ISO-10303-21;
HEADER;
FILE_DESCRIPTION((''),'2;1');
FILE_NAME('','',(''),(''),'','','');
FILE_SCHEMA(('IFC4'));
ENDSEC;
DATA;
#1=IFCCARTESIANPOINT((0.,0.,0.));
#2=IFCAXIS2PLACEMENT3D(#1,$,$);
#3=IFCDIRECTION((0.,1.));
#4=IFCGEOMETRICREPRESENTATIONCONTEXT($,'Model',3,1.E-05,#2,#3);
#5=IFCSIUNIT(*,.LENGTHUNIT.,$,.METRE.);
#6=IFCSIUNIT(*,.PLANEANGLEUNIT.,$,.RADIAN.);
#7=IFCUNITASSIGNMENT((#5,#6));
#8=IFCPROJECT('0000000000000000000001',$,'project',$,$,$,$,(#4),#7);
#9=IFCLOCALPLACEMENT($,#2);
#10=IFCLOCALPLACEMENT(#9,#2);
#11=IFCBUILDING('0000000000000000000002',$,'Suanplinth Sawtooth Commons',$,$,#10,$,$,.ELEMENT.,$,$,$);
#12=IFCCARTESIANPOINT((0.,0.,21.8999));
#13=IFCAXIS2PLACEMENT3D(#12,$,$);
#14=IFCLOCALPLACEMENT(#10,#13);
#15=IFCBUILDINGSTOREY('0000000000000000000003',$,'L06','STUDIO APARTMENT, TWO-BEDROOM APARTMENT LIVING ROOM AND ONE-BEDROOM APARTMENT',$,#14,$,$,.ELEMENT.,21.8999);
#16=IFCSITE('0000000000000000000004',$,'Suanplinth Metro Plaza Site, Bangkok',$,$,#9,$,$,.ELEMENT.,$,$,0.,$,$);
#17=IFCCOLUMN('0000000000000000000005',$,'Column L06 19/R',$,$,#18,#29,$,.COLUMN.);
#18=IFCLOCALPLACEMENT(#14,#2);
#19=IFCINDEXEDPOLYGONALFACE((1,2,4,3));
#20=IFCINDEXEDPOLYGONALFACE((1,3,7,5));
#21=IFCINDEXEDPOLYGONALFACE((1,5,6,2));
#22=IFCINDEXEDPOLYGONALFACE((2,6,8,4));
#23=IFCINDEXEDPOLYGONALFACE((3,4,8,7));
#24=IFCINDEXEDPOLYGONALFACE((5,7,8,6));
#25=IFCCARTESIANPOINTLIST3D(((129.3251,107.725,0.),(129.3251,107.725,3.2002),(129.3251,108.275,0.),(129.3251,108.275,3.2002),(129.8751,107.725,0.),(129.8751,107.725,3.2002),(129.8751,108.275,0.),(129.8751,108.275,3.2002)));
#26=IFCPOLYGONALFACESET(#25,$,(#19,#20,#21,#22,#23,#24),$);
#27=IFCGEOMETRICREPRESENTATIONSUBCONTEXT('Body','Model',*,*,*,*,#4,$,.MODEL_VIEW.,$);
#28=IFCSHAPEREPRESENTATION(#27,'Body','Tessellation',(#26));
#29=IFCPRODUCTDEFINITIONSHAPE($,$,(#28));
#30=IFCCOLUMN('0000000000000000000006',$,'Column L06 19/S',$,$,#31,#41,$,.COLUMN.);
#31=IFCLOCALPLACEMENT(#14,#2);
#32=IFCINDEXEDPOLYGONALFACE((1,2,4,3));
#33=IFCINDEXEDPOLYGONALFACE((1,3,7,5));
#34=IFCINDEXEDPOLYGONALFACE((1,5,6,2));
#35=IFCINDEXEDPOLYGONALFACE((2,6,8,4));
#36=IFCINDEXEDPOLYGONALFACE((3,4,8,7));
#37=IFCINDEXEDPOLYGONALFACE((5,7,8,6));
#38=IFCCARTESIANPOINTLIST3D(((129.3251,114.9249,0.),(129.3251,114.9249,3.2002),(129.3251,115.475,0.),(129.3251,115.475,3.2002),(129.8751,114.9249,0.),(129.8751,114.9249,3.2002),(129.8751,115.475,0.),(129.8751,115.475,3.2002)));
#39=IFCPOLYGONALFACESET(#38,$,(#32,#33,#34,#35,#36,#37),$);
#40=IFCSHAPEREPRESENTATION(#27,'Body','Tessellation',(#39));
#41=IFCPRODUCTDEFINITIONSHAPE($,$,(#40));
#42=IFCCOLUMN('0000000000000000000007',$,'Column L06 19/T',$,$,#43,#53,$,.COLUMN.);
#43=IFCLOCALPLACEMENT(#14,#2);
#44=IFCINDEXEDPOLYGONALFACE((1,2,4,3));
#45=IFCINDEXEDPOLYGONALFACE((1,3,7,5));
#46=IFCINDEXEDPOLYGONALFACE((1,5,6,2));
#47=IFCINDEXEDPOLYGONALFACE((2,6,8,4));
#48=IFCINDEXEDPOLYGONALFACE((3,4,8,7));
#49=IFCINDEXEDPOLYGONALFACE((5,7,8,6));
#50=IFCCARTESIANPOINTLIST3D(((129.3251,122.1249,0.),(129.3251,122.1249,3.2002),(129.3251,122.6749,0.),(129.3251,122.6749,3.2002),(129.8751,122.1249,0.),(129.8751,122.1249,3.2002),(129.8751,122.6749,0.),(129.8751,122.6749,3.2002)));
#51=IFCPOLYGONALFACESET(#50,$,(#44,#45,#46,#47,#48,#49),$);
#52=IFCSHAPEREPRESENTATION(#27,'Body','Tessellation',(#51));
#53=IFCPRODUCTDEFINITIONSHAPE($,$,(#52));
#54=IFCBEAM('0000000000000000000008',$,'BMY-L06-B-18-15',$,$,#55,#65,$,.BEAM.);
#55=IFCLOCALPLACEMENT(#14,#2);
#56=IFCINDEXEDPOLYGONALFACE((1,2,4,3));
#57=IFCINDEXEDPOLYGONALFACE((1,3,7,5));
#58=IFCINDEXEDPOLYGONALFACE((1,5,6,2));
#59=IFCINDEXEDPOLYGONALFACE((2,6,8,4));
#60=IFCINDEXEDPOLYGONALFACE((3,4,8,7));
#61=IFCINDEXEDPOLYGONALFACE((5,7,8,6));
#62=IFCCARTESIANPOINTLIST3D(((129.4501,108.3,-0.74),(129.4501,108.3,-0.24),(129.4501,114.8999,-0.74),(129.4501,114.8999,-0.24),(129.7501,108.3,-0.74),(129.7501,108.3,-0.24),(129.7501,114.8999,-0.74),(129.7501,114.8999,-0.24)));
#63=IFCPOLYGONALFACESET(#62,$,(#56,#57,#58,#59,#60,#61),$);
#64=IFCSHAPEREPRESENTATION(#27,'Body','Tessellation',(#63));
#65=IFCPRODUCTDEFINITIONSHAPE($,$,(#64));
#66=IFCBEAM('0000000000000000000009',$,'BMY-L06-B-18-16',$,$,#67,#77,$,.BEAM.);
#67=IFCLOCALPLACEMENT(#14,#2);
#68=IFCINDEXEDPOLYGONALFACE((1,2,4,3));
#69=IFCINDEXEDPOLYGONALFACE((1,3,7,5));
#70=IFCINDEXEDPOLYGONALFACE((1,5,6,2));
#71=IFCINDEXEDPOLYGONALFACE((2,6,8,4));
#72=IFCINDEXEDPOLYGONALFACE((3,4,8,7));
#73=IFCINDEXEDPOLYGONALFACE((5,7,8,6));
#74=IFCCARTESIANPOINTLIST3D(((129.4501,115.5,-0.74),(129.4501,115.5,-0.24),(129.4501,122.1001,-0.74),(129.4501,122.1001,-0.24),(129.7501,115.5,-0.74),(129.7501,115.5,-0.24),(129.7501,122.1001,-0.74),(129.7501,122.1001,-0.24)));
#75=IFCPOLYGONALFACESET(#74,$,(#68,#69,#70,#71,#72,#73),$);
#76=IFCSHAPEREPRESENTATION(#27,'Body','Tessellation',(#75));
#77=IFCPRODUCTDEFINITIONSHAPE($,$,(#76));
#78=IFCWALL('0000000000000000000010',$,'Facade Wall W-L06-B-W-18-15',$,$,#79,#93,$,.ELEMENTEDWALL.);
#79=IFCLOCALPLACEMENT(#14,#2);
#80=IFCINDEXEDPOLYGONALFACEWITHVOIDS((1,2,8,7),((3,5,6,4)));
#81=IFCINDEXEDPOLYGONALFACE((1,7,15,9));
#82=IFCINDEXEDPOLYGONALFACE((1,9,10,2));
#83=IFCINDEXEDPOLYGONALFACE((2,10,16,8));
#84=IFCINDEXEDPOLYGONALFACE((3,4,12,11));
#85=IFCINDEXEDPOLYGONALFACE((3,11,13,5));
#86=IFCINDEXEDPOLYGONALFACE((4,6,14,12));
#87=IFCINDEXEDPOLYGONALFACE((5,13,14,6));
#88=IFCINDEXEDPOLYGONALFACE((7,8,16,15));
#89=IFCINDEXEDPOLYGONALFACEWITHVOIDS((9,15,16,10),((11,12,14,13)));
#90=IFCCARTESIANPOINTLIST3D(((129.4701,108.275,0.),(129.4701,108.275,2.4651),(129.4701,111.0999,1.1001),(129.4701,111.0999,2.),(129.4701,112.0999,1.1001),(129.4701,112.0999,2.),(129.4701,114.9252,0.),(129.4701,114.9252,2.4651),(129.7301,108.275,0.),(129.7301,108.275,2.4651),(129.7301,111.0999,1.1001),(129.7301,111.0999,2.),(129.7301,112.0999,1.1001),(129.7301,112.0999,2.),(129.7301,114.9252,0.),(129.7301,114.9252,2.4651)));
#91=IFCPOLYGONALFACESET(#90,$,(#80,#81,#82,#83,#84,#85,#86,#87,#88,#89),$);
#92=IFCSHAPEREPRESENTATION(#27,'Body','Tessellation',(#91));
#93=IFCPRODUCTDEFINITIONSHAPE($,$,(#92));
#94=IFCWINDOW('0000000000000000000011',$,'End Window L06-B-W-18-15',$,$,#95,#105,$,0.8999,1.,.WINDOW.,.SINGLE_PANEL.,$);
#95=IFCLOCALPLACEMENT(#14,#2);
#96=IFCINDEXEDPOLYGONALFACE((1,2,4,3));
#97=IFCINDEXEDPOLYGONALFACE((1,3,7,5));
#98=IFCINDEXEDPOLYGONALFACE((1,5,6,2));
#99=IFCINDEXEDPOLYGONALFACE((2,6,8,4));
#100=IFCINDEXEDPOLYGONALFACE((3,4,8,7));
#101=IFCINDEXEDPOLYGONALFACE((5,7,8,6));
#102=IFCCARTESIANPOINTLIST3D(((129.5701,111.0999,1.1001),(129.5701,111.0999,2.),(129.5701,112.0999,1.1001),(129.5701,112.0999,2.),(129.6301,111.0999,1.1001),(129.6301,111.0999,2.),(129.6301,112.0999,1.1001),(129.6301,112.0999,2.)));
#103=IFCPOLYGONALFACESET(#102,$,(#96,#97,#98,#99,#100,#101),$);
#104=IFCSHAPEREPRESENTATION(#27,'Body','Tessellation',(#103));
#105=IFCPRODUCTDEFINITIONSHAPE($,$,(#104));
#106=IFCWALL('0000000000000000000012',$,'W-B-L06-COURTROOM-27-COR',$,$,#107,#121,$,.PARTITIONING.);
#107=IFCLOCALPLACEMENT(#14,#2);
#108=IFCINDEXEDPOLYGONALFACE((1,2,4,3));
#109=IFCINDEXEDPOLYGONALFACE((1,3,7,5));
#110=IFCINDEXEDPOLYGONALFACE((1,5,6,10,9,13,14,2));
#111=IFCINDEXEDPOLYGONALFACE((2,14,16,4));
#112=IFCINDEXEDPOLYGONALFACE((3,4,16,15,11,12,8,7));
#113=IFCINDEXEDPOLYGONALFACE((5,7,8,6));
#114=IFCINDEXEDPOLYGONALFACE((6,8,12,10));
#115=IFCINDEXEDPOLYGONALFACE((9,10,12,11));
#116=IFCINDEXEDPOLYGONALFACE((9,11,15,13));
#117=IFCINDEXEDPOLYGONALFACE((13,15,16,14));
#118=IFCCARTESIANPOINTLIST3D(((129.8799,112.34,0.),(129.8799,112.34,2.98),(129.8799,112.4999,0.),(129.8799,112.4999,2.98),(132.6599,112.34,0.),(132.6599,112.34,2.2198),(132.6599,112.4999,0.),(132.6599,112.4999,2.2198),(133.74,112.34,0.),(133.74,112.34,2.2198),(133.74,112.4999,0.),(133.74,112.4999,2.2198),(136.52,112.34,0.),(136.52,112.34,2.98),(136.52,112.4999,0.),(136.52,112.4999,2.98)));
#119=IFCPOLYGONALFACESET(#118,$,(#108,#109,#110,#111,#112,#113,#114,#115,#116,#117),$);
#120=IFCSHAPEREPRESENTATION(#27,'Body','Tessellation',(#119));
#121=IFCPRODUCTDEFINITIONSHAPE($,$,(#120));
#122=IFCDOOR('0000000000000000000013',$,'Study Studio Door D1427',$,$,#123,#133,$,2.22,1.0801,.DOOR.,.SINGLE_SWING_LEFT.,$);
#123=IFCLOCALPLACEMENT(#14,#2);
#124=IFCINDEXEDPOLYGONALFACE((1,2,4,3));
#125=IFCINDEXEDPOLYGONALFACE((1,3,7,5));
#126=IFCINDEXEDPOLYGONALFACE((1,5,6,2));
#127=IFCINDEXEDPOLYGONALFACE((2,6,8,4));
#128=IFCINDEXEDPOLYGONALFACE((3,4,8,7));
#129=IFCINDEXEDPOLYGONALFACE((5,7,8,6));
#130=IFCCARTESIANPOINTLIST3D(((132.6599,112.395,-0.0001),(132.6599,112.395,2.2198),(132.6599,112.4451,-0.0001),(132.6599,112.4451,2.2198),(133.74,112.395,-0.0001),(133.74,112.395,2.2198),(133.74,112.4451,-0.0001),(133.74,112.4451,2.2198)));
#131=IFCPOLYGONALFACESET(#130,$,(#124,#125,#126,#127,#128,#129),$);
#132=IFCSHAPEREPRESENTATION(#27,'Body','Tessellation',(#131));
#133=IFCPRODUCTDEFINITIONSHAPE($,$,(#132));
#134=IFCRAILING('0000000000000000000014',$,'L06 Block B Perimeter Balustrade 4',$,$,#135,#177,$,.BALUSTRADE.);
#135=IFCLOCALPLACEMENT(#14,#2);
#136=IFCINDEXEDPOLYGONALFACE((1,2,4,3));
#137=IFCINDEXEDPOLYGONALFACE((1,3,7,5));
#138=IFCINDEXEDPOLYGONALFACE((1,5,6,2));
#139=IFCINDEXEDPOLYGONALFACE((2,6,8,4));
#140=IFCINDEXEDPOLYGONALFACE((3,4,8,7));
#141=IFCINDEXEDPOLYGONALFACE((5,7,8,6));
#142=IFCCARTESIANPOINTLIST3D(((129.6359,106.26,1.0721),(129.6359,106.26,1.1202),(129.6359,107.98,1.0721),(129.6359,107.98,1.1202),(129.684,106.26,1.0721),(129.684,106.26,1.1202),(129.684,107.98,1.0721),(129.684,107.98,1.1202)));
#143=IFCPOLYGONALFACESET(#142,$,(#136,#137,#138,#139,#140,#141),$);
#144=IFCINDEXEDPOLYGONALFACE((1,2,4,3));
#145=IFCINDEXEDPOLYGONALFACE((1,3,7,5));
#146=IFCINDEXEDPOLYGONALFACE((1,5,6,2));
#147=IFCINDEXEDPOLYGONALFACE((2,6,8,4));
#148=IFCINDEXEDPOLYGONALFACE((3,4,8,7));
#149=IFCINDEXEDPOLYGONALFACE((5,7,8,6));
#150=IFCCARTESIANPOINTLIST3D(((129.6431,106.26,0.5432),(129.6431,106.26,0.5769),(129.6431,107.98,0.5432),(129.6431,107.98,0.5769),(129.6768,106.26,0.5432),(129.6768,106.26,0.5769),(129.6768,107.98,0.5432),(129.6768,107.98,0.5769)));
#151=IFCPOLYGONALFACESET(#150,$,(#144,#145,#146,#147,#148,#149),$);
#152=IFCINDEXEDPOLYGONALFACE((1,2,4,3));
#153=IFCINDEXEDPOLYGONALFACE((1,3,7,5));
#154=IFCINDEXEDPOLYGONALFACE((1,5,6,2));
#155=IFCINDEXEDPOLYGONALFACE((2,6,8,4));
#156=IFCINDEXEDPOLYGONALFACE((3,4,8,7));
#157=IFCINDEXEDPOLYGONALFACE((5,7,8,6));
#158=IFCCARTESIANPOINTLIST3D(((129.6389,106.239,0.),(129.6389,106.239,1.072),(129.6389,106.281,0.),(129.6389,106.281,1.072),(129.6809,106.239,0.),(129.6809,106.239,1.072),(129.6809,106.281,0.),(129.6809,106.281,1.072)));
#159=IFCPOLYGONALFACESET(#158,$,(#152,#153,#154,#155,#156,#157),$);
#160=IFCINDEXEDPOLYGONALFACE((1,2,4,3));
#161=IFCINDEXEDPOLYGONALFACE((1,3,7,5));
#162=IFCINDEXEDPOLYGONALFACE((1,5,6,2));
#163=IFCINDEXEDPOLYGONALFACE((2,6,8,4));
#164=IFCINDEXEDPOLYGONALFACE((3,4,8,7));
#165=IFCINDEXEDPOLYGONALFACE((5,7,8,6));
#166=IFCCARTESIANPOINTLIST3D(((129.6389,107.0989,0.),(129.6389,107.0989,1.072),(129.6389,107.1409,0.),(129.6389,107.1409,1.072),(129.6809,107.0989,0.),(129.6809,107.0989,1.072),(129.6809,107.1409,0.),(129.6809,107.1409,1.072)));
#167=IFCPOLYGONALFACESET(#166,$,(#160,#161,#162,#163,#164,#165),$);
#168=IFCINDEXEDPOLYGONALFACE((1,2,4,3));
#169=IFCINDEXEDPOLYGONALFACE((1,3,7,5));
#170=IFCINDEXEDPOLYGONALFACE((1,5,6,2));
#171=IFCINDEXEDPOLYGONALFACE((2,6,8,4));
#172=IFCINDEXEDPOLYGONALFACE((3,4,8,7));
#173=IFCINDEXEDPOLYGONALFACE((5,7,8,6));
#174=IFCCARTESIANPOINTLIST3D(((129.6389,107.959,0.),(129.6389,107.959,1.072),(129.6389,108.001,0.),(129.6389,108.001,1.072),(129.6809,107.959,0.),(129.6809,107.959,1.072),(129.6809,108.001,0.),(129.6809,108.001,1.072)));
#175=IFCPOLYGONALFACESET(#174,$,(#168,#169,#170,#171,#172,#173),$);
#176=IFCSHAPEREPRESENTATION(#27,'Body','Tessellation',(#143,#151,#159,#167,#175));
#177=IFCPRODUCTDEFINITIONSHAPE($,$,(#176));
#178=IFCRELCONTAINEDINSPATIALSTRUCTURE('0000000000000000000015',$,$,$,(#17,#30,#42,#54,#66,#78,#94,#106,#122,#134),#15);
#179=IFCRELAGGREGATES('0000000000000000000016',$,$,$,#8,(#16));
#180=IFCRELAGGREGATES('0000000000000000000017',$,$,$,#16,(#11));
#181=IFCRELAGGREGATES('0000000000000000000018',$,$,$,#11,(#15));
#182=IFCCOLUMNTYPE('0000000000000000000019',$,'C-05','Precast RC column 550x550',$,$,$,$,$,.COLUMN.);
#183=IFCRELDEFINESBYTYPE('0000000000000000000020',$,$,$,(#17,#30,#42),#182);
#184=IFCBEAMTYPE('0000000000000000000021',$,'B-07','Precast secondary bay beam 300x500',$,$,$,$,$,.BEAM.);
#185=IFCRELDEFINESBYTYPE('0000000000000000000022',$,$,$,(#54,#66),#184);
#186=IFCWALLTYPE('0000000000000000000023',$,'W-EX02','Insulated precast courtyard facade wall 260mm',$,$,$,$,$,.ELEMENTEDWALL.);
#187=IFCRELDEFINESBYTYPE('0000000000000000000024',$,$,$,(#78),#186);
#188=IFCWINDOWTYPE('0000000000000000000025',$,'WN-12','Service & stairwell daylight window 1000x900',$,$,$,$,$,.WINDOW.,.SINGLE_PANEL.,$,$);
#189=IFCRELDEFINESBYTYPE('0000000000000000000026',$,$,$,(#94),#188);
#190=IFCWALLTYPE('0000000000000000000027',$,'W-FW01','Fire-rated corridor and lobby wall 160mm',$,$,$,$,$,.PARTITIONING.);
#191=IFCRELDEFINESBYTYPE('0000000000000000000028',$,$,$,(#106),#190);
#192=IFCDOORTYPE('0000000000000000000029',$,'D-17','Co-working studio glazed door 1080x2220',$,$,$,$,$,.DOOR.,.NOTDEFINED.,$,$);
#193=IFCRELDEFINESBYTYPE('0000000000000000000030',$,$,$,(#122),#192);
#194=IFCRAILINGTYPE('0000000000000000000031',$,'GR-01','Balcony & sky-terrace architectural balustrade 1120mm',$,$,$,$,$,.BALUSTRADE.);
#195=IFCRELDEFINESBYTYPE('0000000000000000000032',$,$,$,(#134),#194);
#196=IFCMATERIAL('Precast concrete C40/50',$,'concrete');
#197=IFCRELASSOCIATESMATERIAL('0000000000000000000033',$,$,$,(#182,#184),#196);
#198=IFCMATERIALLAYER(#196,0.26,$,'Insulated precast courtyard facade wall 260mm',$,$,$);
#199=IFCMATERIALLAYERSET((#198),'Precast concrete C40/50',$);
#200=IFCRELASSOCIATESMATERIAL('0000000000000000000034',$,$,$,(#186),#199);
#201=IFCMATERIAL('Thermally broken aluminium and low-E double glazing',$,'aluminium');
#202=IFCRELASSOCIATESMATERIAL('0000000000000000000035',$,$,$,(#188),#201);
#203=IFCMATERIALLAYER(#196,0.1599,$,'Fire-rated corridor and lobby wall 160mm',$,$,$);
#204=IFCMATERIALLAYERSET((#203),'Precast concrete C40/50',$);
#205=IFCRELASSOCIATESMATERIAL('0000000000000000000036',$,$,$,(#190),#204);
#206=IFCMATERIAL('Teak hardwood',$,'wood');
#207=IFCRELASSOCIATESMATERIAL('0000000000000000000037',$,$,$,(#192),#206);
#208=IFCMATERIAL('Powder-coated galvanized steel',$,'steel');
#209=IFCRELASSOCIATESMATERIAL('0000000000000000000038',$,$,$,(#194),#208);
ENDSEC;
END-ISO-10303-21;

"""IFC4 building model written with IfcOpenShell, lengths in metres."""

from ifc_helpers import new_model, si_unit, direction, frame, frame_2d, origin, origin_2d, place, context, subcontext, project, spatial, rectangle, extrude, material, layer, layer_set, material_profile, profile_set, type_object, element, fill, save


model = new_model("IFC4")

# Units and contexts
model_context = context("Model", 3, precision=1e-05, world=origin(), true_north=direction((0.0, 1.0)))
body_context = subcontext(model_context, "Body", "Model", "MODEL_VIEW")
ifc_project = project(units=[si_unit("LENGTHUNIT", "METRE"), si_unit("PLANEANGLEUNIT", "RADIAN")], contexts=[model_context])

# Site, building, storey
site_placement = place(None, origin())
site = spatial("IfcSite", under=ifc_project, at=site_placement, Name="Suanplinth Metro Plaza Site, Bangkok", CompositionType="ELEMENT", RefElevation=0.0)
building_placement = place(site_placement, origin())
building = spatial("IfcBuilding", under=site, at=building_placement, Name="Suanplinth Sawtooth Commons", CompositionType="ELEMENT")
storey_placement = place(building_placement, frame((0.0, 0.0, 21.8999)))
storey = spatial("IfcBuildingStorey", under=building, at=storey_placement, Name="L06", Description="STUDIO APARTMENT, TWO-BEDROOM APARTMENT LIVING ROOM AND ONE-BEDROOM APARTMENT", CompositionType="ELEMENT", Elevation=21.8999)

# Columns
ifc_material_1 = material(Name="Precast concrete C40/50", Category="concrete")
ifc_material_profile_1 = material_profile(ifc_material_1, rectangle(XDim=0.55, YDim=0.55, at=origin_2d()), Name="PC-COL 550x550")
ifc_profile_set_1 = profile_set([ifc_material_profile_1], Name="Precast concrete C40/50")
column_type = type_object("IfcColumnType", Name="C-05", Description="Precast RC column 550x550", PredefinedType="COLUMN", material=ifc_profile_set_1)
for number, where, z_axis, x_axis, name in (
    (1, (129.6001, 108.0, 0.0), (0.0, 0.0, 1.0), (1.0, 0.0, 0.0), "Column L06 19/R"),
    (2, (129.6001, 115.2, 0.0), (0.0, 0.0, 1.0), (1.0, 0.0, 0.0), "Column L06 19/S"),
    (3, (129.6001, 122.3999, 0.0), (0.0, 0.0, 1.0), (1.0, 0.0, 0.0), "Column L06 19/T"),
):
    element("IfcColumn", number, at=place(storey_placement, frame(where, z_axis=z_axis, x_axis=x_axis)), inside=storey, type_object=column_type, Name=name, PredefinedType="COLUMN", context=body_context, shape_type="SweptSolid", body=[
        extrude(rectangle(XDim=0.55, YDim=0.55, at=origin_2d()), origin(), (0.0, 0.0, 1.0), 3.2002),
    ])

# Beams
ifc_material_profile_2 = material_profile(ifc_material_1, rectangle(XDim=0.3, YDim=0.5, at=origin_2d()), Name="PC-BM 300x500")
ifc_profile_set_2 = profile_set([ifc_material_profile_2], Name="Precast concrete C40/50")
beam_type = type_object("IfcBeamType", Name="B-07", Description="Precast secondary bay beam 300x500", PredefinedType="BEAM", material=ifc_profile_set_2)
beam_1_placement = place(storey_placement, frame((129.6001, 108.3, -0.49), z_axis=(0.0, 1.0, 0.0), x_axis=(-1.0, 0.0, 0.0)))
element("IfcBeam", 4, at=beam_1_placement, inside=storey, type_object=beam_type, Name="BMY-L06-B-18-15", PredefinedType="BEAM", context=body_context, shape_type="SweptSolid", body=[
    extrude(rectangle(XDim=0.3, YDim=0.5, at=origin_2d()), origin(), (0.0, 0.0, 1.0), 6.5999),
])
beam_2_placement = place(storey_placement, frame((129.6001, 115.5, -0.49), z_axis=(0.0, 1.0, 0.0), x_axis=(-1.0, 0.0, 0.0)))
element("IfcBeam", 5, at=beam_2_placement, inside=storey, type_object=beam_type, Name="BMY-L06-B-18-16", PredefinedType="BEAM", context=body_context, shape_type="SweptSolid", body=[
    extrude(rectangle(XDim=0.3, YDim=0.5, at=origin_2d()), origin(), (0.0, 0.0, 1.0), 6.6001),
])

# Shared definitions
ifc_layer_1 = layer(ifc_material_1, 0.26, Name="Insulated precast courtyard facade wall 260mm")
ifc_layer_set_1 = layer_set([ifc_layer_1], Name="Precast concrete C40/50")
wall_type_1 = type_object("IfcWallType", Name="W-EX02", Description="Insulated precast courtyard facade wall 260mm", PredefinedType="ELEMENTEDWALL", material=ifc_layer_set_1)
ifc_material_2 = material(Name="Thermally broken aluminium and low-E double glazing", Category="aluminium")

# Wall, opening, window
wall_1_placement = place(storey_placement, frame((129.6001, 108.2749, 0.0), z_axis=(0.0, 0.0, 1.0), x_axis=(0.0, 1.0, 0.0)))
wall_1 = element("IfcWall", 6, at=wall_1_placement, inside=storey, type_object=wall_type_1, Name="Facade Wall W-L06-B-W-18-15", PredefinedType="ELEMENTEDWALL", context=body_context, shape_type="SweptSolid", body=[
    extrude(rectangle(XDim=6.6501, YDim=0.26, at=frame_2d((3.3252, 0.0))), origin(), (0.0, 0.0, 1.0), 2.4651),
])
opening_1_placement = place(wall_1_placement, frame((2.825, 0.0, 1.1001)))
opening_1 = element("IfcOpeningElement", 7, at=opening_1_placement, cuts=wall_1, PredefinedType="OPENING", context=body_context, shape_type="SweptSolid", body=[
    extrude(rectangle(XDim=1.0, YDim=0.8999, at=frame_2d((0.5, 0.45))), frame((0.0, 0.145, 0.0), z_axis=(0.0, -1.0, 0.0), x_axis=(1.0, 0.0, 0.0)), (0.0, 0.0, 1.0), 0.2898),
])
window_type_1 = type_object("IfcWindowType", Name="WN-12", Description="Service & stairwell daylight window 1000x900", PartitioningType="SINGLE_PANEL", PredefinedType="WINDOW", material=ifc_material_2)
window_1_placement = place(opening_1_placement, origin())
window_1 = element("IfcWindow", 8, at=window_1_placement, inside=storey, type_object=window_type_1, Name="End Window L06-B-W-18-15", OverallHeight=0.8999, OverallWidth=1.0, PartitioningType="SINGLE_PANEL", PredefinedType="WINDOW", context=body_context, shape_type="SweptSolid", body=[
    extrude(rectangle(XDim=1.0, YDim=0.8999, at=frame_2d((0.5, 0.45))), frame((0.0, 0.03, 0.0), z_axis=(0.0, -1.0, 0.0), x_axis=(1.0, 0.0, 0.0)), (0.0, 0.0, 1.0), 0.0601),
])
fill(opening_1, window_1)

# Wall, opening, door
ifc_layer_2 = layer(ifc_material_1, 0.1599, Name="Fire-rated corridor and lobby wall 160mm")
ifc_layer_set_2 = layer_set([ifc_layer_2], Name="Precast concrete C40/50")
wall_type_2 = type_object("IfcWallType", Name="W-FW01", Description="Fire-rated corridor and lobby wall 160mm", PredefinedType="PARTITIONING", material=ifc_layer_set_2)
wall_2_placement = place(storey_placement, frame((129.8799, 112.4199, 0.0), z_axis=(0.0, 0.0, 1.0), x_axis=(1.0, 0.0, 0.0)))
wall_2 = element("IfcWall", 9, at=wall_2_placement, inside=storey, type_object=wall_type_2, Name="W-B-L06-COURTROOM-27-COR", PredefinedType="PARTITIONING", context=body_context, shape_type="SweptSolid", body=[
    extrude(rectangle(XDim=6.6401, YDim=0.1599, at=frame_2d((3.3201, 0.0))), origin(), (0.0, 0.0, 1.0), 2.98),
])
opening_2_placement = place(wall_2_placement, frame((2.78, 0.0, 0.0)))
opening_2 = element("IfcOpeningElement", 10, at=opening_2_placement, cuts=wall_2, PredefinedType="OPENING", context=body_context, shape_type="SweptSolid", body=[
    extrude(rectangle(XDim=1.0801, YDim=2.22, at=frame_2d((0.54, 1.1099))), frame((0.0, 0.0947, 0.0), z_axis=(0.0, -1.0, 0.0), x_axis=(1.0, 0.0, 0.0)), (0.0, 0.0, 1.0), 0.1897),
])
ifc_material_3 = material(Name="Teak hardwood", Category="wood")
door_type_1 = type_object("IfcDoorType", Name="D-17", Description="Co-working studio glazed door 1080x2220", OperationType="NOTDEFINED", PredefinedType="DOOR", material=ifc_material_3)
door_1_placement = place(opening_2_placement, frame((1.0801, 0.0, 0.0), z_axis=(0.0, 0.0, 1.0), x_axis=(-1.0, 0.0, 0.0)))
door_1 = element("IfcDoor", 11, at=door_1_placement, inside=storey, type_object=door_type_1, Name="Study Studio Door D1427", OperationType="SINGLE_SWING_LEFT", OverallHeight=2.22, OverallWidth=1.0801, PredefinedType="DOOR", context=body_context, shape_type="SweptSolid", body=[
    extrude(rectangle(XDim=1.0801, YDim=2.22, at=frame_2d((0.54, 1.1099))), frame((0.0, 0.0249, 0.0), z_axis=(0.0, -1.0, 0.0), x_axis=(1.0, 0.0, 0.0)), (0.0, 0.0, 1.0), 0.05),
])
fill(opening_2, door_1)

# Railing
ifc_material_4 = material(Name="Powder-coated galvanized steel", Category="steel")
railing_type = type_object("IfcRailingType", Name="GR-01", Description="Balcony & sky-terrace architectural balustrade 1120mm", PredefinedType="BALUSTRADE", material=ifc_material_4)
for number, where, name in (
    (12, (129.6599, 106.26, 0.0), "L06 Block B Perimeter Balustrade 4"),
):
    element("IfcRailing", number, at=place(storey_placement, frame(where)), inside=storey, type_object=railing_type, Name=name, PredefinedType="BALUSTRADE", context=body_context, shape_type="SweptSolid", body=[
        extrude(rectangle(XDim=0.0481, YDim=0.0481, at=origin_2d()), frame((0.0, 0.0, 1.0962), z_axis=(0.0, 1.0, 0.0), x_axis=(-1.0, 0.0, 0.0)), (0.0, 0.0, 1.0), 1.72),
        extrude(rectangle(XDim=0.0337, YDim=0.0337, at=origin_2d()), frame((0.0, 0.0, 0.5601), z_axis=(0.0, 1.0, 0.0), x_axis=(-1.0, 0.0, 0.0)), (0.0, 0.0, 1.0), 1.72),
        extrude(rectangle(XDim=0.042, YDim=0.042, at=origin_2d()), origin(), (0.0, 0.0, 1.0), 1.072),
        extrude(rectangle(XDim=0.042, YDim=0.042, at=origin_2d()), frame((0.0, 0.8599, 0.0)), (0.0, 0.0, 1.0), 1.072),
        extrude(rectangle(XDim=0.042, YDim=0.042, at=origin_2d()), frame((0.0, 1.72, 0.0)), (0.0, 0.0, 1.0), 1.072),
    ])

save(model, "model.ifc")
